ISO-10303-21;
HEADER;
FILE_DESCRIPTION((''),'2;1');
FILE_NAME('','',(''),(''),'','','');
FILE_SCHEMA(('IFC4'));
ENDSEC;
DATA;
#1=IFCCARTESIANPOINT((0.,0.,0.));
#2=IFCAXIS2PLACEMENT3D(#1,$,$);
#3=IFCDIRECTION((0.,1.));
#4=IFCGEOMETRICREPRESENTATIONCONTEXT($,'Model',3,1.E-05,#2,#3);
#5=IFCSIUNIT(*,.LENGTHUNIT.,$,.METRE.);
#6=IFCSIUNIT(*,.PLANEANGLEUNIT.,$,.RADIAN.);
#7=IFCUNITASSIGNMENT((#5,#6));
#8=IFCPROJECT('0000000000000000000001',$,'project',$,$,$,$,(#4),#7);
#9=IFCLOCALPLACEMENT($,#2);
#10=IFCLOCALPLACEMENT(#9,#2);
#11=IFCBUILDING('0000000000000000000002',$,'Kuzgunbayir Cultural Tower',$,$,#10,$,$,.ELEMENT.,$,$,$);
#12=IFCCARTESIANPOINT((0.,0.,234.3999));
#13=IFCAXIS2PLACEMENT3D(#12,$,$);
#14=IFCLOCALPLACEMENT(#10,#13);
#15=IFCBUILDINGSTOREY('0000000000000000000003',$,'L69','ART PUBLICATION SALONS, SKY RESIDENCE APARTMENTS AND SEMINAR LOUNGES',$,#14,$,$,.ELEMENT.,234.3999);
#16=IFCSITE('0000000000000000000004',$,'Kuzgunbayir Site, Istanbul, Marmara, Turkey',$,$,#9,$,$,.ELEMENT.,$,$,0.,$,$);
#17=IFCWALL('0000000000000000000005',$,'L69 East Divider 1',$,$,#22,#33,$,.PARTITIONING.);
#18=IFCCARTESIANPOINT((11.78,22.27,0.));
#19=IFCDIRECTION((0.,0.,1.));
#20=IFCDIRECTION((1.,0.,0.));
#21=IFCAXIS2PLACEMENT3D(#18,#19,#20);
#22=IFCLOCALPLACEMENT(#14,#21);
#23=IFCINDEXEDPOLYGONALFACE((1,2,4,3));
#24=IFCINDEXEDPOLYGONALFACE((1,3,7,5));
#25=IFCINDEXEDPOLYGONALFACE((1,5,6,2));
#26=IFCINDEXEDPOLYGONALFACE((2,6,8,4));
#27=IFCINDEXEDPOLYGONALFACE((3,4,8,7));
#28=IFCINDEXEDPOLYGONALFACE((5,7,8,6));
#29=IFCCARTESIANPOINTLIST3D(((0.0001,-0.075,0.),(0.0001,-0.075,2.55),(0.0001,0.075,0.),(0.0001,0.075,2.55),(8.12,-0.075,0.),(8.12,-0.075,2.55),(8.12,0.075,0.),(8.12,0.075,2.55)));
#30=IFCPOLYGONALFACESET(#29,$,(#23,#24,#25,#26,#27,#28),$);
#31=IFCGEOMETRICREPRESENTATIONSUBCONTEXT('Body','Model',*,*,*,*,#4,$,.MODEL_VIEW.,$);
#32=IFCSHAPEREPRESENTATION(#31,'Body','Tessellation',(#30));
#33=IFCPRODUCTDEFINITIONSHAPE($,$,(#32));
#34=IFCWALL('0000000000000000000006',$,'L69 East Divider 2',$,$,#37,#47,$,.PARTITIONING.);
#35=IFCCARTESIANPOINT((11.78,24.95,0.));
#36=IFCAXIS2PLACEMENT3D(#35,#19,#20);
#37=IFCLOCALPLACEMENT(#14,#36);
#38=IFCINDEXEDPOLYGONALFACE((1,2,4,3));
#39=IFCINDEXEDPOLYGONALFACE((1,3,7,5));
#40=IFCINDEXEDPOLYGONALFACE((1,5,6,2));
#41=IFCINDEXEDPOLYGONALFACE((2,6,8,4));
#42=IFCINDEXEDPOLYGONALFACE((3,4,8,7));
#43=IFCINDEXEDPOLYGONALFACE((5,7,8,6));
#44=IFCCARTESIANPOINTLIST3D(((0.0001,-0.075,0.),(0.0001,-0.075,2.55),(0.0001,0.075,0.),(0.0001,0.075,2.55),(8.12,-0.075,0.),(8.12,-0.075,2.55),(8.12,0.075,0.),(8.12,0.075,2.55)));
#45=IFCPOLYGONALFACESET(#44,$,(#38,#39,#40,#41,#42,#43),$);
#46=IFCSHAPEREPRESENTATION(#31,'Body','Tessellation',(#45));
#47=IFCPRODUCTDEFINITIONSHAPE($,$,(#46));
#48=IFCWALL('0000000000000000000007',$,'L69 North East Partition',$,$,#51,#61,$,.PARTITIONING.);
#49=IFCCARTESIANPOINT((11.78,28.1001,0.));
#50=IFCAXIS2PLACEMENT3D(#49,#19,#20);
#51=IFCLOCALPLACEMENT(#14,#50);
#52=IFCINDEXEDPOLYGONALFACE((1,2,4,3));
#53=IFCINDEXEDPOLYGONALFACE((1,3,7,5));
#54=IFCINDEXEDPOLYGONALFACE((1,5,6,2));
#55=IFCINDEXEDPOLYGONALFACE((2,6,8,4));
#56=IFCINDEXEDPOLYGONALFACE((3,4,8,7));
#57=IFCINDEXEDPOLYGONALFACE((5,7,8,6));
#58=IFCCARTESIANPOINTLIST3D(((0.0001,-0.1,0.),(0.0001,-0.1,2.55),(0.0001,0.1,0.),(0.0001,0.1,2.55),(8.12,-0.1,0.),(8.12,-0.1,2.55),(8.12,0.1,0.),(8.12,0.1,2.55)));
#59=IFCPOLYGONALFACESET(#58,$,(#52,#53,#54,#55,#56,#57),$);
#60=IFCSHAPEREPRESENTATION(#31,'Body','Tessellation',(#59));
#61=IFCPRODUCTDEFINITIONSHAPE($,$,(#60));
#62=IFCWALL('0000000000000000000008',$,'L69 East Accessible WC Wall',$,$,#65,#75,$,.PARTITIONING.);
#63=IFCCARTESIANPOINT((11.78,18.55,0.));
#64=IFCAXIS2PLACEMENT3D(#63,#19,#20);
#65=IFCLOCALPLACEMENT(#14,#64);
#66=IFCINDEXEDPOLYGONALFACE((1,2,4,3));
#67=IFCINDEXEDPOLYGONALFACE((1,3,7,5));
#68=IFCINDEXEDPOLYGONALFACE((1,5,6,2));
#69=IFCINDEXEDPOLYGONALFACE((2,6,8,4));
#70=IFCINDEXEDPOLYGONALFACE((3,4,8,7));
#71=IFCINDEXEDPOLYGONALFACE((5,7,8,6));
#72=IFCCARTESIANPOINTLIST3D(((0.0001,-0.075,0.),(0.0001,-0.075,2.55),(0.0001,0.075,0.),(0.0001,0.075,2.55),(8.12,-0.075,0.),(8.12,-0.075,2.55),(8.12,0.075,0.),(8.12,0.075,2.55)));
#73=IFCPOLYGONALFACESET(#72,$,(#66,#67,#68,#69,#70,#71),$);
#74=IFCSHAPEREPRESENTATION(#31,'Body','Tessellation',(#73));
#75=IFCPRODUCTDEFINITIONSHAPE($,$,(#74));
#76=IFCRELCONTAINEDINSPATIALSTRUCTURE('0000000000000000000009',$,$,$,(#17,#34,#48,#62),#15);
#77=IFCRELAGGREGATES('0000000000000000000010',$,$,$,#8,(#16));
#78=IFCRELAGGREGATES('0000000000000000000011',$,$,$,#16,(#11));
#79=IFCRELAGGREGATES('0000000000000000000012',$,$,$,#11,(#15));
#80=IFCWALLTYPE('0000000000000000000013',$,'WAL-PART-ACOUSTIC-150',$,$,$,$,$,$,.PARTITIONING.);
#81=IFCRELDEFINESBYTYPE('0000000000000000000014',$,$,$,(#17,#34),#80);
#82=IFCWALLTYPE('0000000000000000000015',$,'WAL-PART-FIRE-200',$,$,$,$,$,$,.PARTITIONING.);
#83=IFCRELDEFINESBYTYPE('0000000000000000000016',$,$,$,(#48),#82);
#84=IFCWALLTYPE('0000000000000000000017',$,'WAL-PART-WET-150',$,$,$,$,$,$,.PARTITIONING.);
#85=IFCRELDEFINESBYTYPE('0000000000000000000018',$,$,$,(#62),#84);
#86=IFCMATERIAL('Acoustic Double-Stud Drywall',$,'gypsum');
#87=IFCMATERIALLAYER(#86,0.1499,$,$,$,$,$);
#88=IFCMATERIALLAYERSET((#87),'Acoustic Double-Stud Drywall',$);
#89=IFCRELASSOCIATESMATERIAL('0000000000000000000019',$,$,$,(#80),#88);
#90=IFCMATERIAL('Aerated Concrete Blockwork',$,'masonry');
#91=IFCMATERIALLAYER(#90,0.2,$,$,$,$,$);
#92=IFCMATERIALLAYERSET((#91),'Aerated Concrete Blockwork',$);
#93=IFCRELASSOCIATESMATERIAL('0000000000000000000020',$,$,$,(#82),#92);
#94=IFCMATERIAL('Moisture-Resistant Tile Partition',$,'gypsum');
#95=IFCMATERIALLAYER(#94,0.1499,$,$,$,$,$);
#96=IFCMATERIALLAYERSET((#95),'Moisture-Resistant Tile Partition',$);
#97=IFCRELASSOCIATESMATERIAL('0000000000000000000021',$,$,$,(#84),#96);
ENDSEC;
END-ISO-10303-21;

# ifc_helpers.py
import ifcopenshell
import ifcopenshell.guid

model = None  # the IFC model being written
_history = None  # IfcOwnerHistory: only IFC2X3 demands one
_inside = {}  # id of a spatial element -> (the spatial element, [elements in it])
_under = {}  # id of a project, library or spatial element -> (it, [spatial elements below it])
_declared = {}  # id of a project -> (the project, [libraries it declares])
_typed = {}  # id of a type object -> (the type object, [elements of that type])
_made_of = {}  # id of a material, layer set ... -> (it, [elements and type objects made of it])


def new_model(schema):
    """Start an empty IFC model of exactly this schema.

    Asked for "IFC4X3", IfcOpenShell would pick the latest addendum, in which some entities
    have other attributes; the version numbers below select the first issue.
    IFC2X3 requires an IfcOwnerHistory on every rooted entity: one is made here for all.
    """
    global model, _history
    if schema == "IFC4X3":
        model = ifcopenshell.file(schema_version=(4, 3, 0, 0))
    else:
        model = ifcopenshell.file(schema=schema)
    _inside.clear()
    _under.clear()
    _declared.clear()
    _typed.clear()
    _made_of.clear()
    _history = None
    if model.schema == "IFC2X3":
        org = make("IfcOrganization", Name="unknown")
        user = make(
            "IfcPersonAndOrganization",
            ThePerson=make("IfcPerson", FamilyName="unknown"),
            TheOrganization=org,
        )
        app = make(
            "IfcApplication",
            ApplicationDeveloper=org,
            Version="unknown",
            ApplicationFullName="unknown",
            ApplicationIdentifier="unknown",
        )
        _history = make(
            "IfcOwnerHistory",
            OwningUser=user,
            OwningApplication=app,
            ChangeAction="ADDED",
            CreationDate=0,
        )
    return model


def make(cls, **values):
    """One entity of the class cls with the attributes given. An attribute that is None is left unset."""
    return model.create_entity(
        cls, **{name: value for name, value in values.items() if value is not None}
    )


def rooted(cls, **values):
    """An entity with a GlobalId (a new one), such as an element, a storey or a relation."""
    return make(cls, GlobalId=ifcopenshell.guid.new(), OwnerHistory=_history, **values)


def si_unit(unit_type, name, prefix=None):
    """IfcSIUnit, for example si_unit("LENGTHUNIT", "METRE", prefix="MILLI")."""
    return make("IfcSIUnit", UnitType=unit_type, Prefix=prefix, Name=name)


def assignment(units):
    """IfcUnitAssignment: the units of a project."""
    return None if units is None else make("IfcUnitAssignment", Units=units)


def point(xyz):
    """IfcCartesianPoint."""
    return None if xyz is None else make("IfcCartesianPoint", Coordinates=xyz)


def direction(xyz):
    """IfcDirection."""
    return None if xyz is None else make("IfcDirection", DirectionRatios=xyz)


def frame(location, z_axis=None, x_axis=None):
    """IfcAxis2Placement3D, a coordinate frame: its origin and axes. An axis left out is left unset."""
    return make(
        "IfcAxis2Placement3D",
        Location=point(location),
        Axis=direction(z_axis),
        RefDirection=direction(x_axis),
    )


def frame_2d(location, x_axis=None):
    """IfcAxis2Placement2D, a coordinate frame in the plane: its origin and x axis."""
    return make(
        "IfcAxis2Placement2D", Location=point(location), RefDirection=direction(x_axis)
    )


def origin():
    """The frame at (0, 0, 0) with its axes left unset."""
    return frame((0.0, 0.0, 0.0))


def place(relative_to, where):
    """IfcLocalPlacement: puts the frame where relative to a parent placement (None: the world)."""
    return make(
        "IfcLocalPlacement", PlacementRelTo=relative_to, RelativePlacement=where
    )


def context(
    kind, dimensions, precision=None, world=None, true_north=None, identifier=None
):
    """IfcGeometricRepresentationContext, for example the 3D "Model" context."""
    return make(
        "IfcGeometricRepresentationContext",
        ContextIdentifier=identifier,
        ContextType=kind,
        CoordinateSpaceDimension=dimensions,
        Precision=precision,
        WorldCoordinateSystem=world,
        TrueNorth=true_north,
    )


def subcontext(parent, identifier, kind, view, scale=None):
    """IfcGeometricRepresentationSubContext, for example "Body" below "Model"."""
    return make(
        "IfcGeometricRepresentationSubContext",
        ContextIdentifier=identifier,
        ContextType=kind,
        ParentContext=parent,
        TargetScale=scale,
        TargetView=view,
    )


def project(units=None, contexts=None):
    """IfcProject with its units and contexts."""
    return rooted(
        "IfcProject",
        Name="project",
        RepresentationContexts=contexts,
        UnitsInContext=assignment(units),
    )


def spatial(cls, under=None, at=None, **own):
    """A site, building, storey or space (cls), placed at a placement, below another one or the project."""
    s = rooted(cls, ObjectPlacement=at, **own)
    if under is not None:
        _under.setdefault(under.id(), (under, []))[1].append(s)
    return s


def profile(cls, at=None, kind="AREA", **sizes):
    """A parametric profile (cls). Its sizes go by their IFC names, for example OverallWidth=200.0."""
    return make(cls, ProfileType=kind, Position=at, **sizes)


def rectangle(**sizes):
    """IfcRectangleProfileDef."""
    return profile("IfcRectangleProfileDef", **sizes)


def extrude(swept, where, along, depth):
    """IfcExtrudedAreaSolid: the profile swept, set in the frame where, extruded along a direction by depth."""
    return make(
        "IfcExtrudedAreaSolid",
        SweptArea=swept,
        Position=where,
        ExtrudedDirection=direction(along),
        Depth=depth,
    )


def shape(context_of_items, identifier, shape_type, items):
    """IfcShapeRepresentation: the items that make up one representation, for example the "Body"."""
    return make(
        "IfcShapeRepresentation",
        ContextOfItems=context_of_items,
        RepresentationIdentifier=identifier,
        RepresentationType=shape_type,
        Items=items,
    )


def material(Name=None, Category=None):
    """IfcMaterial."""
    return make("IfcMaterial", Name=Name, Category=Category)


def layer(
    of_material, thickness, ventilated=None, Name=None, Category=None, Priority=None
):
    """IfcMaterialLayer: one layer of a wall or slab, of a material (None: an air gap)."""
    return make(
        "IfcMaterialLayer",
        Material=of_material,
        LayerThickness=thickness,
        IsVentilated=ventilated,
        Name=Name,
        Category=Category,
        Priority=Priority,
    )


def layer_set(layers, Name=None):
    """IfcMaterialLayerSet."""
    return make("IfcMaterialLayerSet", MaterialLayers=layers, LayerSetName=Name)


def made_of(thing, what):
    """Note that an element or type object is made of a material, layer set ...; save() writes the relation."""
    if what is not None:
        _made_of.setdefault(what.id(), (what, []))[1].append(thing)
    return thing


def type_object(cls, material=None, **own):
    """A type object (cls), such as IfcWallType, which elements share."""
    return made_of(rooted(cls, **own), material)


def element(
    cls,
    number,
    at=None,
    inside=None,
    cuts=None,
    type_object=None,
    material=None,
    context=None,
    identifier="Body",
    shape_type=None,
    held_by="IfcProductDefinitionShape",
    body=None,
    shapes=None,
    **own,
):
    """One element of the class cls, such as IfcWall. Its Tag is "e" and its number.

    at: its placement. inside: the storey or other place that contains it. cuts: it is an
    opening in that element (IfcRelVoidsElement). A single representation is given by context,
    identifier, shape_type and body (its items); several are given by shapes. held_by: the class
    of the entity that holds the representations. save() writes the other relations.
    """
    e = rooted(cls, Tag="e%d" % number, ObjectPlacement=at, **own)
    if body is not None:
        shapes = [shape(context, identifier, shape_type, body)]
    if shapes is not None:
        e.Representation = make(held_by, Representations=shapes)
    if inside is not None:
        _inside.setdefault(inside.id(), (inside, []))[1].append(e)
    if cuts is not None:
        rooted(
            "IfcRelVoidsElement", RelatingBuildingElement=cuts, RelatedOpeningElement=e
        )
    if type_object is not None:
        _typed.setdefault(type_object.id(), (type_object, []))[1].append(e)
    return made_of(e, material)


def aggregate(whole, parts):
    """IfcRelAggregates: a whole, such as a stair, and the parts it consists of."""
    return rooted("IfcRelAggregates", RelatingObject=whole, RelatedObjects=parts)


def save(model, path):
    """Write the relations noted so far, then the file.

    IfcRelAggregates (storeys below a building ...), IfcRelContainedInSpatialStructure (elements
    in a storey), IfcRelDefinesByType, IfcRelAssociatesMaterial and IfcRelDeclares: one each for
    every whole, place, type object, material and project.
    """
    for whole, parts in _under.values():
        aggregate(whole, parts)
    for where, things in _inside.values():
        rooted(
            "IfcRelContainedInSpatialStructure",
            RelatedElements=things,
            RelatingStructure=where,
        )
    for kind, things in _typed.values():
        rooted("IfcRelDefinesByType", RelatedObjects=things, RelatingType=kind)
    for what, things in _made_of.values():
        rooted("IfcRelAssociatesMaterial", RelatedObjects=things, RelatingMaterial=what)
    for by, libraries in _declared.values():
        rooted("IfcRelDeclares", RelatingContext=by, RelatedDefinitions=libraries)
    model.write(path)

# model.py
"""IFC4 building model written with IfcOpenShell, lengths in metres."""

from ifc_helpers import new_model, si_unit, direction, frame, frame_2d, origin, place, context, subcontext, project, spatial, rectangle, extrude, material, layer, layer_set, type_object, element, save


model = new_model("IFC4")

# Units and contexts
model_context = context("Model", 3, precision=1e-05, world=origin(), true_north=direction((0.0, 1.0)))
body_context = subcontext(model_context, "Body", "Model", "MODEL_VIEW")
ifc_project = project(units=[si_unit("LENGTHUNIT", "METRE"), si_unit("PLANEANGLEUNIT", "RADIAN")], contexts=[model_context])

# Site, building, storey
site_placement = place(None, origin())
site = spatial("IfcSite", under=ifc_project, at=site_placement, Name="Kuzgunbayir Site, Istanbul, Marmara, Turkey", CompositionType="ELEMENT", RefElevation=0.0)
building_placement = place(site_placement, origin())
building = spatial("IfcBuilding", under=site, at=building_placement, Name="Kuzgunbayir Cultural Tower", CompositionType="ELEMENT")
storey_placement = place(building_placement, frame((0.0, 0.0, 234.3999)))
storey = spatial("IfcBuildingStorey", under=building, at=storey_placement, Name="L69", Description="ART PUBLICATION SALONS, SKY RESIDENCE APARTMENTS AND SEMINAR LOUNGES", CompositionType="ELEMENT", Elevation=234.3999)

# Walls
ifc_material_1 = material(Name="Acoustic Double-Stud Drywall", Category="gypsum")
ifc_layer_1 = layer(ifc_material_1, 0.1499)
ifc_layer_set_1 = layer_set([ifc_layer_1], Name="Acoustic Double-Stud Drywall")
wall_type_1 = type_object("IfcWallType", Name="WAL-PART-ACOUSTIC-150", PredefinedType="PARTITIONING", material=ifc_layer_set_1)
for number, where, z_axis, x_axis, name in (
    (1, (11.78, 22.27, 0.0), (0.0, 0.0, 1.0), (1.0, 0.0, 0.0), "L69 East Divider 1"),
    (2, (11.78, 24.95, 0.0), (0.0, 0.0, 1.0), (1.0, 0.0, 0.0), "L69 East Divider 2"),
):
    element("IfcWall", number, at=place(storey_placement, frame(where, z_axis=z_axis, x_axis=x_axis)), inside=storey, type_object=wall_type_1, Name=name, PredefinedType="PARTITIONING", context=body_context, shape_type="SweptSolid", body=[
        extrude(rectangle(XDim=8.1199, YDim=0.1499, at=frame_2d((4.0601, 0.0))), origin(), (0.0, 0.0, 1.0), 2.55),
    ])
ifc_material_2 = material(Name="Aerated Concrete Blockwork", Category="masonry")
ifc_layer_2 = layer(ifc_material_2, 0.2)
ifc_layer_set_2 = layer_set([ifc_layer_2], Name="Aerated Concrete Blockwork")
wall_type_2 = type_object("IfcWallType", Name="WAL-PART-FIRE-200", PredefinedType="PARTITIONING", material=ifc_layer_set_2)
wall_1_placement = place(storey_placement, frame((11.78, 28.1001, 0.0), z_axis=(0.0, 0.0, 1.0), x_axis=(1.0, 0.0, 0.0)))
element("IfcWall", 3, at=wall_1_placement, inside=storey, type_object=wall_type_2, Name="L69 North East Partition", PredefinedType="PARTITIONING", context=body_context, shape_type="SweptSolid", body=[
    extrude(rectangle(XDim=8.1199, YDim=0.2, at=frame_2d((4.0601, 0.0))), origin(), (0.0, 0.0, 1.0), 2.55),
])
ifc_material_3 = material(Name="Moisture-Resistant Tile Partition", Category="gypsum")
ifc_layer_3 = layer(ifc_material_3, 0.1499)
ifc_layer_set_3 = layer_set([ifc_layer_3], Name="Moisture-Resistant Tile Partition")
wall_type_3 = type_object("IfcWallType", Name="WAL-PART-WET-150", PredefinedType="PARTITIONING", material=ifc_layer_set_3)
wall_2_placement = place(storey_placement, frame((11.78, 18.55, 0.0), z_axis=(0.0, 0.0, 1.0), x_axis=(1.0, 0.0, 0.0)))
element("IfcWall", 4, at=wall_2_placement, inside=storey, type_object=wall_type_3, Name="L69 East Accessible WC Wall", PredefinedType="PARTITIONING", context=body_context, shape_type="SweptSolid", body=[
    extrude(rectangle(XDim=8.1199, YDim=0.1499, at=frame_2d((4.0601, 0.0))), origin(), (0.0, 0.0, 1.0), 2.55),
])

save(model, "model.ifc")
